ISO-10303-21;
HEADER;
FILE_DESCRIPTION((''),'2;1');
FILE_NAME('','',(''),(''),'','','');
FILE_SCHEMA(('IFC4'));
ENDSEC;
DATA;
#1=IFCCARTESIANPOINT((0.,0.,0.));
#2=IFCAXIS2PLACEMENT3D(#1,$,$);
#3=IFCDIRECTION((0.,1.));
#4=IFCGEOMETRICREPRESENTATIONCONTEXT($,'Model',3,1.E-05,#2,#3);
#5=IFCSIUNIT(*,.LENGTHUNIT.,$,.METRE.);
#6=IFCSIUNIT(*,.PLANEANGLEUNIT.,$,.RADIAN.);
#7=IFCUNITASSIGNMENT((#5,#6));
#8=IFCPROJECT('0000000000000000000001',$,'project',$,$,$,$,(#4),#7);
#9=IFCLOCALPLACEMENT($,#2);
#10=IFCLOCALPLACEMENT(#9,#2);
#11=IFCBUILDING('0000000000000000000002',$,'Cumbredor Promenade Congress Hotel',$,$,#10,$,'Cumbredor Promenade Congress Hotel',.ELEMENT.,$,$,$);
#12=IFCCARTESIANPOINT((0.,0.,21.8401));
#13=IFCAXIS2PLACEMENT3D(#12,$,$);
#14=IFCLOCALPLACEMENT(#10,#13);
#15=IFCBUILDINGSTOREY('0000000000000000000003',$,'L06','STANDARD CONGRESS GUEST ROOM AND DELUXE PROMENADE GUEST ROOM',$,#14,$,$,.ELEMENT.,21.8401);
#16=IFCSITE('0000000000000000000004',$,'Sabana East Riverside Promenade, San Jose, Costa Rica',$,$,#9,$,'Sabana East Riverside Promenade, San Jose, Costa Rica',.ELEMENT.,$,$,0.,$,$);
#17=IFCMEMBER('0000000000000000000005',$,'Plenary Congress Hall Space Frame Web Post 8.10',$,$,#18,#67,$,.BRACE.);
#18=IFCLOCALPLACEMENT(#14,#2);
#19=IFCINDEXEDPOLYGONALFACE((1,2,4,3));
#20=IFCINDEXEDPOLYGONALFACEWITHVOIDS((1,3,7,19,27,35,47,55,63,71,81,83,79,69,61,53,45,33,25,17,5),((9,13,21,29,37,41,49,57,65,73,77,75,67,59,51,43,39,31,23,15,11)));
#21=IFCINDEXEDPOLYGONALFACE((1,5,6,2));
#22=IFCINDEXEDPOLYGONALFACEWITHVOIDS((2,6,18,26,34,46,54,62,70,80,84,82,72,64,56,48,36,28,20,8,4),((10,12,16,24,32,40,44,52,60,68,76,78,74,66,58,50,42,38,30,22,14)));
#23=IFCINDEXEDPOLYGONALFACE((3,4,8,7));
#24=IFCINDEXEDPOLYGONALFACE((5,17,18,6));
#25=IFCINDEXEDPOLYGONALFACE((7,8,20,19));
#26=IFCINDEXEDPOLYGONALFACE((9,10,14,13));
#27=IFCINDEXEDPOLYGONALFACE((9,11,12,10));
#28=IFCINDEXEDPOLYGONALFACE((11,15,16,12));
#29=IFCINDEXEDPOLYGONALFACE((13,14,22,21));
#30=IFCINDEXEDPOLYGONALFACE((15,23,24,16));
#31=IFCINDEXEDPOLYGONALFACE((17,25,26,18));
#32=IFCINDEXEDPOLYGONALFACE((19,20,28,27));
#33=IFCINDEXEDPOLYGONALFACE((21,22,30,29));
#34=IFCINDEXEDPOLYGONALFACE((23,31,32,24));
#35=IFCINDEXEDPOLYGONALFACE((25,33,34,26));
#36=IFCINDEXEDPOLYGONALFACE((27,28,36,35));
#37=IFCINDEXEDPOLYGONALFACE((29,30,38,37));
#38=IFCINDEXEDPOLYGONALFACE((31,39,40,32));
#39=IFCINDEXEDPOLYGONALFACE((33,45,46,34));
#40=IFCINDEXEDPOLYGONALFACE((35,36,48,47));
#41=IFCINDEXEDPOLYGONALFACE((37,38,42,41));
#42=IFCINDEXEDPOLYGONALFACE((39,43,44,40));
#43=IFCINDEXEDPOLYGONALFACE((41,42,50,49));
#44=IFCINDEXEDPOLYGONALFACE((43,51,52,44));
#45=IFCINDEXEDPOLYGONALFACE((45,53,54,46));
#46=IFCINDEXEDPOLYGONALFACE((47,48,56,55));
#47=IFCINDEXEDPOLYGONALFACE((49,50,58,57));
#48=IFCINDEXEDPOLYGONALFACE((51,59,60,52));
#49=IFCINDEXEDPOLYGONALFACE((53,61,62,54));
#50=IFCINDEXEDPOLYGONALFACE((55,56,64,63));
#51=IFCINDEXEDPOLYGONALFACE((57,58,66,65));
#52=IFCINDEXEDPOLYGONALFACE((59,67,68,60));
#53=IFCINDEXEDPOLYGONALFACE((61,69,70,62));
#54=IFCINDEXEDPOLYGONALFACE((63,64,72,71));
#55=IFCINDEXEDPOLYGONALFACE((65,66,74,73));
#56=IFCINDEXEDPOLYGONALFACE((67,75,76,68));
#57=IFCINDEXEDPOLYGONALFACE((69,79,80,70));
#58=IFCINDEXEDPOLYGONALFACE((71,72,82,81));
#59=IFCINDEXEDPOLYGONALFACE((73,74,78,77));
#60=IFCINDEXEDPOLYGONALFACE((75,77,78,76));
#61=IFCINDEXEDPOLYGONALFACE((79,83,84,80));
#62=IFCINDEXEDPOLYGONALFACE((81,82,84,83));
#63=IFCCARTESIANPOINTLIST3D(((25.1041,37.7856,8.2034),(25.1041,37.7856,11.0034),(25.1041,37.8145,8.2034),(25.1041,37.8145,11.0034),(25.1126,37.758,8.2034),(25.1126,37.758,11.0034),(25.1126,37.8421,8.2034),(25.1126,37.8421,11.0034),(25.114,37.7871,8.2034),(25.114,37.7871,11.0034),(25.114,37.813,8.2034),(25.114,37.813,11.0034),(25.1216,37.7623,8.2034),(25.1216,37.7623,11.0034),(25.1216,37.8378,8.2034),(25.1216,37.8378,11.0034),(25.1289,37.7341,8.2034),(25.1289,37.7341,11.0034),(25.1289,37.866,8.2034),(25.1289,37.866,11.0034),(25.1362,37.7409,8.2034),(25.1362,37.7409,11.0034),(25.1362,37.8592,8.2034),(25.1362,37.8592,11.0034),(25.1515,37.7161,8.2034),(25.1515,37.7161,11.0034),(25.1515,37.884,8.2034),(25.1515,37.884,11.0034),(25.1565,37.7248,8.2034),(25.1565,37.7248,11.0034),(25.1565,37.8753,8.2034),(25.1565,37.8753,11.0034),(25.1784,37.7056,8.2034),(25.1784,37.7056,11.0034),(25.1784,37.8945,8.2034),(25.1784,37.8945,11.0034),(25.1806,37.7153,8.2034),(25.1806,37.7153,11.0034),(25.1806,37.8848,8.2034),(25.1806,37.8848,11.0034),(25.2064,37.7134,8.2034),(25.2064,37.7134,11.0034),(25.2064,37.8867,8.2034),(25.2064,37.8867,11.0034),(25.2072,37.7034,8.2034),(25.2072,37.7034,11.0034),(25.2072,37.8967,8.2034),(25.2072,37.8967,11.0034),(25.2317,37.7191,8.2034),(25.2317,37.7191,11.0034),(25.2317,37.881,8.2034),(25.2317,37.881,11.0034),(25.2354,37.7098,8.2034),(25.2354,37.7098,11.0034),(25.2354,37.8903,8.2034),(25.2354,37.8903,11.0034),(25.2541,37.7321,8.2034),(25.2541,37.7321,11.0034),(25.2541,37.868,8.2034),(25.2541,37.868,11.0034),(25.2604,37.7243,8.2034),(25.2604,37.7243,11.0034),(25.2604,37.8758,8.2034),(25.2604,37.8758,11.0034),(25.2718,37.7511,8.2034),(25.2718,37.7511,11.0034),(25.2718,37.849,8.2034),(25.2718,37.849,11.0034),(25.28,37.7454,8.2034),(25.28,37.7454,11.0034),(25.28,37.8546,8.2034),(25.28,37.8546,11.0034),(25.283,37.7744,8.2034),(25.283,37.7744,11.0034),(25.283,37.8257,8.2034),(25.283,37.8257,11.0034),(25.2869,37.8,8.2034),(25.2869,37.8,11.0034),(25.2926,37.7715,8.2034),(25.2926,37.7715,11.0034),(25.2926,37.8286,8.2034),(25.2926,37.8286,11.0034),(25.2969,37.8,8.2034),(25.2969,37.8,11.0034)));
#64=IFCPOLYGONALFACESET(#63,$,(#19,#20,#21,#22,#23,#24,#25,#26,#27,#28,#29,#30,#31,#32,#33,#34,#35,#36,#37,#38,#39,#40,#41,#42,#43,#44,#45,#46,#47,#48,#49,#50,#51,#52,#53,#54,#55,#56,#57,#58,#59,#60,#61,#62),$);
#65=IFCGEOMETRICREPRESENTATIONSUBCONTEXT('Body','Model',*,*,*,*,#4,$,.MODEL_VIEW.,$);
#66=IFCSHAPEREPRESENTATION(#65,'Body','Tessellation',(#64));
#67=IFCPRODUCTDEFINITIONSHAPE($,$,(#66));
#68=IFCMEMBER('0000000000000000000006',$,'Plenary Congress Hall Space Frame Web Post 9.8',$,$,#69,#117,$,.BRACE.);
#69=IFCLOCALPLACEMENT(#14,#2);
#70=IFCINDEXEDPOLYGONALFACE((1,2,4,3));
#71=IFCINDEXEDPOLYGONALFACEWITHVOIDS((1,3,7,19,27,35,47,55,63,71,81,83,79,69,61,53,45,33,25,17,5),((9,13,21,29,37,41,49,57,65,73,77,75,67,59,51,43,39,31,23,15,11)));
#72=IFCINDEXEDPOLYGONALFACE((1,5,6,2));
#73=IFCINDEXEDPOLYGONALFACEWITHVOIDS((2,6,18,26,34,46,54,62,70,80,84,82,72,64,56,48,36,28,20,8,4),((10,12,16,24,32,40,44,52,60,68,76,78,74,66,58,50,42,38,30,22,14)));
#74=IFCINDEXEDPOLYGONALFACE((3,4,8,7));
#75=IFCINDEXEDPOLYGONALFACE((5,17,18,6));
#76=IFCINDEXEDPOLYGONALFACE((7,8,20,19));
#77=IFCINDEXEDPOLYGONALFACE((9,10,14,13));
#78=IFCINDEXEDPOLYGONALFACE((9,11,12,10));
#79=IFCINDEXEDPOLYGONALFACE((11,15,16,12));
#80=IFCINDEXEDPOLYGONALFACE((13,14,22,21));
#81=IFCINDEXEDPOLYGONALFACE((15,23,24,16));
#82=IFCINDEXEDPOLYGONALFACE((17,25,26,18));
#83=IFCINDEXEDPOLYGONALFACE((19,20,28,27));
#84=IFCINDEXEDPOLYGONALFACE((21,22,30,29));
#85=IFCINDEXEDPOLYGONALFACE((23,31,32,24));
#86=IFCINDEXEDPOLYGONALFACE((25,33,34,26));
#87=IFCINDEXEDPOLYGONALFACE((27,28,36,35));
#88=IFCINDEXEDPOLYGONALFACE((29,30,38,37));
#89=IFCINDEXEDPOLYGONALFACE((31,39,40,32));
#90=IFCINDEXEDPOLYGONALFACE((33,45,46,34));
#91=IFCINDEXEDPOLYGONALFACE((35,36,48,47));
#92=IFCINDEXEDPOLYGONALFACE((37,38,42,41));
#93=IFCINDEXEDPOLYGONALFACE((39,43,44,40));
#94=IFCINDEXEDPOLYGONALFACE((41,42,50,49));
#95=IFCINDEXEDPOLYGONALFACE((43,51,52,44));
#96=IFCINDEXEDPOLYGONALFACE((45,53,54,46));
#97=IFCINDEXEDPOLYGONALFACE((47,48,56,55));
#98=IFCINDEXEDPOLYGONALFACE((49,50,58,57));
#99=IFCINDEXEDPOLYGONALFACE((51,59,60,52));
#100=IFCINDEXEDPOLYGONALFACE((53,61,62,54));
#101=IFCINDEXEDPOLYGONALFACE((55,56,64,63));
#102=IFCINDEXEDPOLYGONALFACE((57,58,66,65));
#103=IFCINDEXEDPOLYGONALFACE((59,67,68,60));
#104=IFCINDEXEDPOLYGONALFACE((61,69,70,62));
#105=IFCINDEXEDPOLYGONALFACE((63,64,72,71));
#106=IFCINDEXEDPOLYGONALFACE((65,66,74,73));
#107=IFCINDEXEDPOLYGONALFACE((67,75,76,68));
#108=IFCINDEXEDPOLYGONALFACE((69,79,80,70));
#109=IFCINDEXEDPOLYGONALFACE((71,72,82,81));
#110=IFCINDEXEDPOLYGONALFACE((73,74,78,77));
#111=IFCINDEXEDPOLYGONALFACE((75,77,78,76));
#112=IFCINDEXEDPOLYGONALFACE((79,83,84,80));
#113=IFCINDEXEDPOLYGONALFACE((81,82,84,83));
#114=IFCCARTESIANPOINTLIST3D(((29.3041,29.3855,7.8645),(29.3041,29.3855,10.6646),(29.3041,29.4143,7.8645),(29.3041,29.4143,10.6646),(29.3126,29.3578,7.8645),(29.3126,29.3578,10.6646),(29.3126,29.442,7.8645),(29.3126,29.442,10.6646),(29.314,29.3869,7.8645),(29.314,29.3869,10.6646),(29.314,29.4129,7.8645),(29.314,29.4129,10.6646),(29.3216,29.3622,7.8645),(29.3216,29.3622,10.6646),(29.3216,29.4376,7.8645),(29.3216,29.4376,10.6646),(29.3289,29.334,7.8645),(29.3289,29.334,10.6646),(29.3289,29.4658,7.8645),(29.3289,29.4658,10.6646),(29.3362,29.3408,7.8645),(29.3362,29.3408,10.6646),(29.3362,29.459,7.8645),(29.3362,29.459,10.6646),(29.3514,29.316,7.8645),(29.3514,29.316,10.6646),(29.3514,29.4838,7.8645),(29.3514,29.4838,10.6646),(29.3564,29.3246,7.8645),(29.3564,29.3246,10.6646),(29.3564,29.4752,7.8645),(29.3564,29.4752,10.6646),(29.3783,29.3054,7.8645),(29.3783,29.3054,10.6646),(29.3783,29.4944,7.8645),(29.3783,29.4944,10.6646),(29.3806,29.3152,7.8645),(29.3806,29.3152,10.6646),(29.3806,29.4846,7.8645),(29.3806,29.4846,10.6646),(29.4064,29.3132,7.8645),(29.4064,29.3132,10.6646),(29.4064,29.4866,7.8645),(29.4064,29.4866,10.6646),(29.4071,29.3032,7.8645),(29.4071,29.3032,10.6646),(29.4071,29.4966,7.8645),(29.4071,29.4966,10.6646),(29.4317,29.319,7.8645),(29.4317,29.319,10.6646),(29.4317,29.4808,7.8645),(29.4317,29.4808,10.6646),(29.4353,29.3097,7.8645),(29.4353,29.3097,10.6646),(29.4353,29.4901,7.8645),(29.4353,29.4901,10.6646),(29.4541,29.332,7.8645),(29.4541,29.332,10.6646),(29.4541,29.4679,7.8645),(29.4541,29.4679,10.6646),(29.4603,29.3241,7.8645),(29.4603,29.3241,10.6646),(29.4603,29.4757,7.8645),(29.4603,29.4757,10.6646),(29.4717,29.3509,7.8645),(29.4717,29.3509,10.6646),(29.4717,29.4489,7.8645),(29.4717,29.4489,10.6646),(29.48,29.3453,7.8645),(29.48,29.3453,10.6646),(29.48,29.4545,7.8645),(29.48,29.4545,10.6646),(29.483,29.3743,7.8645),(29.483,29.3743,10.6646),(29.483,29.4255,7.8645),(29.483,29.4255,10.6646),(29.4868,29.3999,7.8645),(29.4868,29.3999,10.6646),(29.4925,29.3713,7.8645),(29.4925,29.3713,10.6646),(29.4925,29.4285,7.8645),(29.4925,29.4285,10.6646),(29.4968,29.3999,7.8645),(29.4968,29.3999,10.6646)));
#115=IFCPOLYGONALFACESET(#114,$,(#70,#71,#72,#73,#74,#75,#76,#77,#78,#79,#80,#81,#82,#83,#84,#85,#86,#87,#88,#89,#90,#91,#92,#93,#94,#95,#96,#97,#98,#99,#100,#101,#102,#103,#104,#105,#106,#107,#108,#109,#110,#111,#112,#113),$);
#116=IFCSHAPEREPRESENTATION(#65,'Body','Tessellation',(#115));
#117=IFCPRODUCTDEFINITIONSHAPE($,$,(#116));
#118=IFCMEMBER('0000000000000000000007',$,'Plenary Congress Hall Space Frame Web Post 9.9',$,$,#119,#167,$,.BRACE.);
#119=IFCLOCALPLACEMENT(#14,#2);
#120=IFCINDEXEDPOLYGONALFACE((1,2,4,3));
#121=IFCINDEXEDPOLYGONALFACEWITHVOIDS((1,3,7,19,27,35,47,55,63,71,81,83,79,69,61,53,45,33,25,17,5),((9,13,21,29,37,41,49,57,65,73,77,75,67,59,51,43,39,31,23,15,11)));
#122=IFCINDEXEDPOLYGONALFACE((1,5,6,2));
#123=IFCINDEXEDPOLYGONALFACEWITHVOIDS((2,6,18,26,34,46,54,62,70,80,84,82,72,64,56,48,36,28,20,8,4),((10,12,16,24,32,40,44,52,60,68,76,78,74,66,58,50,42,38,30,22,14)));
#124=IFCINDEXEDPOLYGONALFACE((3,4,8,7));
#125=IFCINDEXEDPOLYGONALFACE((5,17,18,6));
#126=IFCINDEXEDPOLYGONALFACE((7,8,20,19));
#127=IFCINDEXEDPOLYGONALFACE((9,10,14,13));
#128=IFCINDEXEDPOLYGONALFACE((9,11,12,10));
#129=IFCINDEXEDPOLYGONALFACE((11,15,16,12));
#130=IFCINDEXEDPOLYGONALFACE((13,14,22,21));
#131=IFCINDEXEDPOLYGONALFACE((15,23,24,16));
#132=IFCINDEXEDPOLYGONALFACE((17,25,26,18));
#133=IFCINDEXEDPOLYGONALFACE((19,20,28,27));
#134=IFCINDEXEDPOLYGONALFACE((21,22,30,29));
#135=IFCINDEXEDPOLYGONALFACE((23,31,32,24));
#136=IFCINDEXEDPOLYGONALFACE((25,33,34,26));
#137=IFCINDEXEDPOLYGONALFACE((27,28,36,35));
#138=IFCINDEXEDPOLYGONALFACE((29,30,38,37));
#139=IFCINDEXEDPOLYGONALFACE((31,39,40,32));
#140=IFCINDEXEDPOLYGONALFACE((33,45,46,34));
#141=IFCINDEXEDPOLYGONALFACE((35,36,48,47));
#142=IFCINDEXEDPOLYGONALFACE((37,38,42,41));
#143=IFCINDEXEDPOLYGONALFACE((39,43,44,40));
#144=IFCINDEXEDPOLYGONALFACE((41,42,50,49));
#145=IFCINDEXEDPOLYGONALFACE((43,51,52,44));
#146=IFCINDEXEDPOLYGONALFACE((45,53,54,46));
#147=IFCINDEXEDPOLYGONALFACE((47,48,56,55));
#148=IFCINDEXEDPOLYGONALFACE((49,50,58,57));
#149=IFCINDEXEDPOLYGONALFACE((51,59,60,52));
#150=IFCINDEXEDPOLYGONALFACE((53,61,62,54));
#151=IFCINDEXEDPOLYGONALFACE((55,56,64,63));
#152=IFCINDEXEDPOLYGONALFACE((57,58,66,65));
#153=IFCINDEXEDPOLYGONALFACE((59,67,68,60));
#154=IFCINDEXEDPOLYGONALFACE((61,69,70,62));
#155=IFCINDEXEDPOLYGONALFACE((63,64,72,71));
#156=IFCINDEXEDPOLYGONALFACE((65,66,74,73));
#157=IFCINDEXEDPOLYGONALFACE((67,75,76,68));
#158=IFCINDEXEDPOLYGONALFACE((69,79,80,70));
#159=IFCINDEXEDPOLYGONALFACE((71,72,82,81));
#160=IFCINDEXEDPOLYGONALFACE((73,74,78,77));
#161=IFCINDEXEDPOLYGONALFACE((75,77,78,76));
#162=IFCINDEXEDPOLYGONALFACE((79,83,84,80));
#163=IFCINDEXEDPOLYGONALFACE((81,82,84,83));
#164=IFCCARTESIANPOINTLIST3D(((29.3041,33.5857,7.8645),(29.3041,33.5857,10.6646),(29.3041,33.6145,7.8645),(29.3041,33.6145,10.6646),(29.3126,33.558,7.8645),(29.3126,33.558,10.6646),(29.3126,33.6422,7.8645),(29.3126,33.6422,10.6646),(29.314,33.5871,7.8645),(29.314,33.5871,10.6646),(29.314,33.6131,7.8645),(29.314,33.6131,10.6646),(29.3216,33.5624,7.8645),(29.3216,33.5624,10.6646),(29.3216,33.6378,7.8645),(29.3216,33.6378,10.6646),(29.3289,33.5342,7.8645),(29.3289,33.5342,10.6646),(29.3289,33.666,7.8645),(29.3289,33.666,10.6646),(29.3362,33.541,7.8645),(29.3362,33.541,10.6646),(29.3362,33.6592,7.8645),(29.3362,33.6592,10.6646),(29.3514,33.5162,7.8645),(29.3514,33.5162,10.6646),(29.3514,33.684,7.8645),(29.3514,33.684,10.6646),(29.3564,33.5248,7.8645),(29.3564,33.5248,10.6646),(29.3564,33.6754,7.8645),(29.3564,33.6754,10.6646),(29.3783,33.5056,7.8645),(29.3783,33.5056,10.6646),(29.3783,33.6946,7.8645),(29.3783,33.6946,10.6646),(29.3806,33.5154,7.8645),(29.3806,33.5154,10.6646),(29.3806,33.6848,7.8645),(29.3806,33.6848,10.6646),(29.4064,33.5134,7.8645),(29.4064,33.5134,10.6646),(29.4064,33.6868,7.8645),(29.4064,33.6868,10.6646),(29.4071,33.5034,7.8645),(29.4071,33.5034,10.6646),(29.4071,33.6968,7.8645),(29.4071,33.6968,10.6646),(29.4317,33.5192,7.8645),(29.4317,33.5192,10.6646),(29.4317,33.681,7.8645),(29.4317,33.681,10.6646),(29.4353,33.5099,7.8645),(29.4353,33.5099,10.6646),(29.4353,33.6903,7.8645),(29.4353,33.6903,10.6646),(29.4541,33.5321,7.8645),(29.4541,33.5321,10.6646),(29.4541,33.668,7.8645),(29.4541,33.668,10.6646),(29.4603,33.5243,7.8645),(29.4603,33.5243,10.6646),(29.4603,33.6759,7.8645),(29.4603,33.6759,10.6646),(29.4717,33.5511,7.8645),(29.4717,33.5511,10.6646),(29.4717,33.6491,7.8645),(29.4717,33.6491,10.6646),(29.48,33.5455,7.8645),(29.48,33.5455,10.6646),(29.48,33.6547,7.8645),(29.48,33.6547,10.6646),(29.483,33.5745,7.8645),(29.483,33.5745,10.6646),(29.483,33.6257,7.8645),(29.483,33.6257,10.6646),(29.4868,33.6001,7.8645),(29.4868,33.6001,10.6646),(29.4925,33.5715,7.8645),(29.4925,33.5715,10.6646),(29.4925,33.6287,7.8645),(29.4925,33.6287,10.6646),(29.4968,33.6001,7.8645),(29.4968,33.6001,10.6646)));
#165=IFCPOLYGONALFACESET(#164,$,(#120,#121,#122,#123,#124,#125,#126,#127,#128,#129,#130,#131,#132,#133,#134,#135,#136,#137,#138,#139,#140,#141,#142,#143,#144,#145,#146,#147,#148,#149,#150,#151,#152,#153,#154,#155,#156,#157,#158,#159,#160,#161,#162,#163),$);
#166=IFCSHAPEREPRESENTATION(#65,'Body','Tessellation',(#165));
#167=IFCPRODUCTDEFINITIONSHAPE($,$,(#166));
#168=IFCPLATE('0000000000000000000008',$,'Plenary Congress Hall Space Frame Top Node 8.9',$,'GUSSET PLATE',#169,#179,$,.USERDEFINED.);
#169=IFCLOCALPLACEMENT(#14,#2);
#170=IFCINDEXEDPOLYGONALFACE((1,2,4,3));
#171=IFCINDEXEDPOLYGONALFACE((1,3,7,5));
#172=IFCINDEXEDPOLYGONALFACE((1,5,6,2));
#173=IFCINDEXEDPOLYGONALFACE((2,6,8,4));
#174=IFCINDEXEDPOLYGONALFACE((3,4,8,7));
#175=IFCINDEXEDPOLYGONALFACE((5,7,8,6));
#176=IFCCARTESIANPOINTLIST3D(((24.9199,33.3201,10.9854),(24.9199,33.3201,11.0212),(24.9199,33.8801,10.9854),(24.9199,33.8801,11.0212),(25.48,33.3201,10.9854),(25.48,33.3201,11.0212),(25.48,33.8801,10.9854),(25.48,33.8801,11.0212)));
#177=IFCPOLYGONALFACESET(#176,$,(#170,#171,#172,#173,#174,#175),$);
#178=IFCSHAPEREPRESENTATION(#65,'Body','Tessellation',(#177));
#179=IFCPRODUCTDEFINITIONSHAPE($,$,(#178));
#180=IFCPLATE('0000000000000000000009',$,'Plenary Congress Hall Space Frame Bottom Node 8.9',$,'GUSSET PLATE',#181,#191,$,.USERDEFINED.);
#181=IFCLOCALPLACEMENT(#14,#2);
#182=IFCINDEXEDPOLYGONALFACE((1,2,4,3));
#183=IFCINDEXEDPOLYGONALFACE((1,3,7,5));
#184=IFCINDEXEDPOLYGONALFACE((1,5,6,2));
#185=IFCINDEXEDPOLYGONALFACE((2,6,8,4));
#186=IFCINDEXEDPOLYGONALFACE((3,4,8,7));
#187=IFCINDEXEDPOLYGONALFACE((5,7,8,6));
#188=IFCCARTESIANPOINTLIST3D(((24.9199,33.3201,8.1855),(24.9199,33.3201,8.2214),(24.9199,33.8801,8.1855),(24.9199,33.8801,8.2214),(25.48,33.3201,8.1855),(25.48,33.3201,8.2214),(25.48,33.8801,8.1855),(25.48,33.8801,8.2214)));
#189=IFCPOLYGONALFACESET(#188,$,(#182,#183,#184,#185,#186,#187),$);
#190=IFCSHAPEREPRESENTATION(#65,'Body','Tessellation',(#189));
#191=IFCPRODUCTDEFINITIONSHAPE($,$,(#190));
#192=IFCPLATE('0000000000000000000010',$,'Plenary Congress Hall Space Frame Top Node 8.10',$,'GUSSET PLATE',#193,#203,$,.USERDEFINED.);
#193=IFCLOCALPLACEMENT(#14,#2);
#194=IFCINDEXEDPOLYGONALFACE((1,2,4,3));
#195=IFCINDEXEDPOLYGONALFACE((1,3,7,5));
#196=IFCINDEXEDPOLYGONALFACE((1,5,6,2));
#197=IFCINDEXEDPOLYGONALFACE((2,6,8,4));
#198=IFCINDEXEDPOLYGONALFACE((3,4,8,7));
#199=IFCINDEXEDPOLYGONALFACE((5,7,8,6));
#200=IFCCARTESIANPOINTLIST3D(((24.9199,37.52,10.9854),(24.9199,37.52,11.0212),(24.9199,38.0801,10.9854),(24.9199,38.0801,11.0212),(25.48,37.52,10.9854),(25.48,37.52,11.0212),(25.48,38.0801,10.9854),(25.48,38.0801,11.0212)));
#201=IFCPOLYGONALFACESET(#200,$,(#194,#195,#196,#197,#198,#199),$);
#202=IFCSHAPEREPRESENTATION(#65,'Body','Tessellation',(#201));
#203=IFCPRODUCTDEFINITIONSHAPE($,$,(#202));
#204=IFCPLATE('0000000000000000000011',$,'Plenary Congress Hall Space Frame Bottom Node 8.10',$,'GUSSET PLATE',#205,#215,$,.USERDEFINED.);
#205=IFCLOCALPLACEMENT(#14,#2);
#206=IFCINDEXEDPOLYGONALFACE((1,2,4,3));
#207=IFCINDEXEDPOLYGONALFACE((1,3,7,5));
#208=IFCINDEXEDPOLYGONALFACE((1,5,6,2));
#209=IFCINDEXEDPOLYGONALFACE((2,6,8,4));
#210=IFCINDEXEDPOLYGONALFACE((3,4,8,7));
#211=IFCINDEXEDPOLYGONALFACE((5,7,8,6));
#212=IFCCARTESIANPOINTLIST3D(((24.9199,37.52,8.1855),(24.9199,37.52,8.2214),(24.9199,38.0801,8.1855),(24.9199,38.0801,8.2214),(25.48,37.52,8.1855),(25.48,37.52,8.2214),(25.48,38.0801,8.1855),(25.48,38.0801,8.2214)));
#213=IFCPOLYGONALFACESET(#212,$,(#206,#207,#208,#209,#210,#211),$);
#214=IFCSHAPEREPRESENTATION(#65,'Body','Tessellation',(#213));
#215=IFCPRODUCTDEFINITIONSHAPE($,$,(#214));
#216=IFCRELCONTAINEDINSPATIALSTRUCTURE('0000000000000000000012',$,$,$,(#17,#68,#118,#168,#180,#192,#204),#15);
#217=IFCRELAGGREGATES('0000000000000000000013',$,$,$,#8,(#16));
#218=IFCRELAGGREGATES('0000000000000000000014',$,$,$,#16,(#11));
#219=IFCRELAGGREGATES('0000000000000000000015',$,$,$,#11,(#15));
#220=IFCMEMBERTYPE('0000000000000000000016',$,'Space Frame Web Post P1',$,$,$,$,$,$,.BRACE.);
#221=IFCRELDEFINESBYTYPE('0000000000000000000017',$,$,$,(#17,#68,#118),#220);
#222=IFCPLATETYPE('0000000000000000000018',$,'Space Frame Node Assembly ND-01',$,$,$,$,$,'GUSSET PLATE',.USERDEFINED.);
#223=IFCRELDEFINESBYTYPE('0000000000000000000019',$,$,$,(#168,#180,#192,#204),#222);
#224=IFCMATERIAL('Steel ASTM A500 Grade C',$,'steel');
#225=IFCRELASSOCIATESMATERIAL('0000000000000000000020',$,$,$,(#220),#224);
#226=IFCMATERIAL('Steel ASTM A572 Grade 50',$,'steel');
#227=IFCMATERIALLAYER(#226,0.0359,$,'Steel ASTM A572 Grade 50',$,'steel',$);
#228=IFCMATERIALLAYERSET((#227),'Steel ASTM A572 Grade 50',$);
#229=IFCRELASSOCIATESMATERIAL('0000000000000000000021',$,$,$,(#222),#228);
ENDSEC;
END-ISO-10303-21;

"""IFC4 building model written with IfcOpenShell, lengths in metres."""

from ifc_helpers import new_model, si_unit, direction, frame, origin, origin_2d, place, context, subcontext, project, spatial, rectangle, hollow_circle, extrude, material, layer, layer_set, material_profile, profile_set, type_object, element, save


model = new_model("IFC4")

# Units and contexts
model_context = context("Model", 3, precision=1e-05, world=origin(), true_north=direction((0.0, 1.0)))
body_context = subcontext(model_context, "Body", "Model", "MODEL_VIEW")
ifc_project = project(units=[si_unit("LENGTHUNIT", "METRE"), si_unit("PLANEANGLEUNIT", "RADIAN")], contexts=[model_context])

# Site, building, storey
site_placement = place(None, origin())
site = spatial("IfcSite", under=ifc_project, at=site_placement, Name="Sabana East Riverside Promenade, San Jose, Costa Rica", LongName="Sabana East Riverside Promenade, San Jose, Costa Rica", CompositionType="ELEMENT", RefElevation=0.0)
building_placement = place(site_placement, origin())
building = spatial("IfcBuilding", under=site, at=building_placement, Name="Cumbredor Promenade Congress Hotel", LongName="Cumbredor Promenade Congress Hotel", CompositionType="ELEMENT")
storey_placement = place(building_placement, frame((0.0, 0.0, 21.8401)))
storey = spatial("IfcBuildingStorey", under=building, at=storey_placement, Name="L06", Description="STANDARD CONGRESS GUEST ROOM AND DELUXE PROMENADE GUEST ROOM", CompositionType="ELEMENT", Elevation=21.8401)

# Members
ifc_material_1 = material(Name="Steel ASTM A500 Grade C", Category="steel")
ifc_material_profile_1 = material_profile(ifc_material_1, hollow_circle(Radius=0.0969, WallThickness=0.01, at=origin_2d()), Name="CHS 193.7x10")
ifc_profile_set_1 = profile_set([ifc_material_profile_1], Name="Steel ASTM A500 Grade C")
member_type_1 = type_object("IfcMemberType", Name="Space Frame Web Post P1", PredefinedType="BRACE", material=ifc_profile_set_1)
for number, where, z_axis, x_axis, name in (
    (1, (25.2, 37.8, 8.2034), (0.0, 0.0, 1.0), (1.0, 0.0, 0.0), "Plenary Congress Hall Space Frame Web Post 8.10"),
    (2, (29.3999, 29.3999, 7.8645), (0.0, 0.0, 1.0), (1.0, 0.0, 0.0), "Plenary Congress Hall Space Frame Web Post 9.8"),
    (3, (29.3999, 33.6001, 7.8645), (0.0, 0.0, 1.0), (1.0, 0.0, 0.0), "Plenary Congress Hall Space Frame Web Post 9.9"),
):
    element("IfcMember", number, at=place(storey_placement, frame(where, z_axis=z_axis, x_axis=x_axis)), inside=storey, type_object=member_type_1, Name=name, PredefinedType="BRACE", context=body_context, shape_type="SweptSolid", body=[
        extrude(hollow_circle(Radius=0.0969, WallThickness=0.01, at=origin_2d()), origin(), (0.0, 0.0, 1.0), 2.8),
    ])

# Plates
ifc_material_2 = material(Name="Steel ASTM A572 Grade 50", Category="steel")
ifc_layer = layer(ifc_material_2, 0.0359, Name="Steel ASTM A572 Grade 50", Category="steel")
ifc_layer_set = layer_set([ifc_layer], Name="Steel ASTM A572 Grade 50")
plate_type = type_object("IfcPlateType", Name="Space Frame Node Assembly ND-01", ElementType="GUSSET PLATE", PredefinedType="USERDEFINED", material=ifc_layer_set)
for number, where, z_axis, x_axis, name in (
    (4, (25.2, 33.6001, 10.9854), (0.0, 0.0, 1.0), (1.0, 0.0, 0.0), "Plenary Congress Hall Space Frame Top Node 8.9"),
    (5, (25.2, 33.6001, 8.1855), (0.0, 0.0, 1.0), (1.0, 0.0, 0.0), "Plenary Congress Hall Space Frame Bottom Node 8.9"),
    (6, (25.2, 37.8, 10.9854), (0.0, 0.0, 1.0), (1.0, 0.0, 0.0), "Plenary Congress Hall Space Frame Top Node 8.10"),
    (7, (25.2, 37.8, 8.1855), (0.0, 0.0, 1.0), (1.0, 0.0, 0.0), "Plenary Congress Hall Space Frame Bottom Node 8.10"),
):
    element("IfcPlate", number, at=place(storey_placement, frame(where, z_axis=z_axis, x_axis=x_axis)), inside=storey, type_object=plate_type, Name=name, ObjectType="GUSSET PLATE", PredefinedType="USERDEFINED", context=body_context, shape_type="SweptSolid", body=[
        extrude(rectangle(XDim=0.5601, YDim=0.5601, at=origin_2d()), origin(), (0.0, 0.0, 1.0), 0.0359),
    ])

save(model, "model.ifc")
